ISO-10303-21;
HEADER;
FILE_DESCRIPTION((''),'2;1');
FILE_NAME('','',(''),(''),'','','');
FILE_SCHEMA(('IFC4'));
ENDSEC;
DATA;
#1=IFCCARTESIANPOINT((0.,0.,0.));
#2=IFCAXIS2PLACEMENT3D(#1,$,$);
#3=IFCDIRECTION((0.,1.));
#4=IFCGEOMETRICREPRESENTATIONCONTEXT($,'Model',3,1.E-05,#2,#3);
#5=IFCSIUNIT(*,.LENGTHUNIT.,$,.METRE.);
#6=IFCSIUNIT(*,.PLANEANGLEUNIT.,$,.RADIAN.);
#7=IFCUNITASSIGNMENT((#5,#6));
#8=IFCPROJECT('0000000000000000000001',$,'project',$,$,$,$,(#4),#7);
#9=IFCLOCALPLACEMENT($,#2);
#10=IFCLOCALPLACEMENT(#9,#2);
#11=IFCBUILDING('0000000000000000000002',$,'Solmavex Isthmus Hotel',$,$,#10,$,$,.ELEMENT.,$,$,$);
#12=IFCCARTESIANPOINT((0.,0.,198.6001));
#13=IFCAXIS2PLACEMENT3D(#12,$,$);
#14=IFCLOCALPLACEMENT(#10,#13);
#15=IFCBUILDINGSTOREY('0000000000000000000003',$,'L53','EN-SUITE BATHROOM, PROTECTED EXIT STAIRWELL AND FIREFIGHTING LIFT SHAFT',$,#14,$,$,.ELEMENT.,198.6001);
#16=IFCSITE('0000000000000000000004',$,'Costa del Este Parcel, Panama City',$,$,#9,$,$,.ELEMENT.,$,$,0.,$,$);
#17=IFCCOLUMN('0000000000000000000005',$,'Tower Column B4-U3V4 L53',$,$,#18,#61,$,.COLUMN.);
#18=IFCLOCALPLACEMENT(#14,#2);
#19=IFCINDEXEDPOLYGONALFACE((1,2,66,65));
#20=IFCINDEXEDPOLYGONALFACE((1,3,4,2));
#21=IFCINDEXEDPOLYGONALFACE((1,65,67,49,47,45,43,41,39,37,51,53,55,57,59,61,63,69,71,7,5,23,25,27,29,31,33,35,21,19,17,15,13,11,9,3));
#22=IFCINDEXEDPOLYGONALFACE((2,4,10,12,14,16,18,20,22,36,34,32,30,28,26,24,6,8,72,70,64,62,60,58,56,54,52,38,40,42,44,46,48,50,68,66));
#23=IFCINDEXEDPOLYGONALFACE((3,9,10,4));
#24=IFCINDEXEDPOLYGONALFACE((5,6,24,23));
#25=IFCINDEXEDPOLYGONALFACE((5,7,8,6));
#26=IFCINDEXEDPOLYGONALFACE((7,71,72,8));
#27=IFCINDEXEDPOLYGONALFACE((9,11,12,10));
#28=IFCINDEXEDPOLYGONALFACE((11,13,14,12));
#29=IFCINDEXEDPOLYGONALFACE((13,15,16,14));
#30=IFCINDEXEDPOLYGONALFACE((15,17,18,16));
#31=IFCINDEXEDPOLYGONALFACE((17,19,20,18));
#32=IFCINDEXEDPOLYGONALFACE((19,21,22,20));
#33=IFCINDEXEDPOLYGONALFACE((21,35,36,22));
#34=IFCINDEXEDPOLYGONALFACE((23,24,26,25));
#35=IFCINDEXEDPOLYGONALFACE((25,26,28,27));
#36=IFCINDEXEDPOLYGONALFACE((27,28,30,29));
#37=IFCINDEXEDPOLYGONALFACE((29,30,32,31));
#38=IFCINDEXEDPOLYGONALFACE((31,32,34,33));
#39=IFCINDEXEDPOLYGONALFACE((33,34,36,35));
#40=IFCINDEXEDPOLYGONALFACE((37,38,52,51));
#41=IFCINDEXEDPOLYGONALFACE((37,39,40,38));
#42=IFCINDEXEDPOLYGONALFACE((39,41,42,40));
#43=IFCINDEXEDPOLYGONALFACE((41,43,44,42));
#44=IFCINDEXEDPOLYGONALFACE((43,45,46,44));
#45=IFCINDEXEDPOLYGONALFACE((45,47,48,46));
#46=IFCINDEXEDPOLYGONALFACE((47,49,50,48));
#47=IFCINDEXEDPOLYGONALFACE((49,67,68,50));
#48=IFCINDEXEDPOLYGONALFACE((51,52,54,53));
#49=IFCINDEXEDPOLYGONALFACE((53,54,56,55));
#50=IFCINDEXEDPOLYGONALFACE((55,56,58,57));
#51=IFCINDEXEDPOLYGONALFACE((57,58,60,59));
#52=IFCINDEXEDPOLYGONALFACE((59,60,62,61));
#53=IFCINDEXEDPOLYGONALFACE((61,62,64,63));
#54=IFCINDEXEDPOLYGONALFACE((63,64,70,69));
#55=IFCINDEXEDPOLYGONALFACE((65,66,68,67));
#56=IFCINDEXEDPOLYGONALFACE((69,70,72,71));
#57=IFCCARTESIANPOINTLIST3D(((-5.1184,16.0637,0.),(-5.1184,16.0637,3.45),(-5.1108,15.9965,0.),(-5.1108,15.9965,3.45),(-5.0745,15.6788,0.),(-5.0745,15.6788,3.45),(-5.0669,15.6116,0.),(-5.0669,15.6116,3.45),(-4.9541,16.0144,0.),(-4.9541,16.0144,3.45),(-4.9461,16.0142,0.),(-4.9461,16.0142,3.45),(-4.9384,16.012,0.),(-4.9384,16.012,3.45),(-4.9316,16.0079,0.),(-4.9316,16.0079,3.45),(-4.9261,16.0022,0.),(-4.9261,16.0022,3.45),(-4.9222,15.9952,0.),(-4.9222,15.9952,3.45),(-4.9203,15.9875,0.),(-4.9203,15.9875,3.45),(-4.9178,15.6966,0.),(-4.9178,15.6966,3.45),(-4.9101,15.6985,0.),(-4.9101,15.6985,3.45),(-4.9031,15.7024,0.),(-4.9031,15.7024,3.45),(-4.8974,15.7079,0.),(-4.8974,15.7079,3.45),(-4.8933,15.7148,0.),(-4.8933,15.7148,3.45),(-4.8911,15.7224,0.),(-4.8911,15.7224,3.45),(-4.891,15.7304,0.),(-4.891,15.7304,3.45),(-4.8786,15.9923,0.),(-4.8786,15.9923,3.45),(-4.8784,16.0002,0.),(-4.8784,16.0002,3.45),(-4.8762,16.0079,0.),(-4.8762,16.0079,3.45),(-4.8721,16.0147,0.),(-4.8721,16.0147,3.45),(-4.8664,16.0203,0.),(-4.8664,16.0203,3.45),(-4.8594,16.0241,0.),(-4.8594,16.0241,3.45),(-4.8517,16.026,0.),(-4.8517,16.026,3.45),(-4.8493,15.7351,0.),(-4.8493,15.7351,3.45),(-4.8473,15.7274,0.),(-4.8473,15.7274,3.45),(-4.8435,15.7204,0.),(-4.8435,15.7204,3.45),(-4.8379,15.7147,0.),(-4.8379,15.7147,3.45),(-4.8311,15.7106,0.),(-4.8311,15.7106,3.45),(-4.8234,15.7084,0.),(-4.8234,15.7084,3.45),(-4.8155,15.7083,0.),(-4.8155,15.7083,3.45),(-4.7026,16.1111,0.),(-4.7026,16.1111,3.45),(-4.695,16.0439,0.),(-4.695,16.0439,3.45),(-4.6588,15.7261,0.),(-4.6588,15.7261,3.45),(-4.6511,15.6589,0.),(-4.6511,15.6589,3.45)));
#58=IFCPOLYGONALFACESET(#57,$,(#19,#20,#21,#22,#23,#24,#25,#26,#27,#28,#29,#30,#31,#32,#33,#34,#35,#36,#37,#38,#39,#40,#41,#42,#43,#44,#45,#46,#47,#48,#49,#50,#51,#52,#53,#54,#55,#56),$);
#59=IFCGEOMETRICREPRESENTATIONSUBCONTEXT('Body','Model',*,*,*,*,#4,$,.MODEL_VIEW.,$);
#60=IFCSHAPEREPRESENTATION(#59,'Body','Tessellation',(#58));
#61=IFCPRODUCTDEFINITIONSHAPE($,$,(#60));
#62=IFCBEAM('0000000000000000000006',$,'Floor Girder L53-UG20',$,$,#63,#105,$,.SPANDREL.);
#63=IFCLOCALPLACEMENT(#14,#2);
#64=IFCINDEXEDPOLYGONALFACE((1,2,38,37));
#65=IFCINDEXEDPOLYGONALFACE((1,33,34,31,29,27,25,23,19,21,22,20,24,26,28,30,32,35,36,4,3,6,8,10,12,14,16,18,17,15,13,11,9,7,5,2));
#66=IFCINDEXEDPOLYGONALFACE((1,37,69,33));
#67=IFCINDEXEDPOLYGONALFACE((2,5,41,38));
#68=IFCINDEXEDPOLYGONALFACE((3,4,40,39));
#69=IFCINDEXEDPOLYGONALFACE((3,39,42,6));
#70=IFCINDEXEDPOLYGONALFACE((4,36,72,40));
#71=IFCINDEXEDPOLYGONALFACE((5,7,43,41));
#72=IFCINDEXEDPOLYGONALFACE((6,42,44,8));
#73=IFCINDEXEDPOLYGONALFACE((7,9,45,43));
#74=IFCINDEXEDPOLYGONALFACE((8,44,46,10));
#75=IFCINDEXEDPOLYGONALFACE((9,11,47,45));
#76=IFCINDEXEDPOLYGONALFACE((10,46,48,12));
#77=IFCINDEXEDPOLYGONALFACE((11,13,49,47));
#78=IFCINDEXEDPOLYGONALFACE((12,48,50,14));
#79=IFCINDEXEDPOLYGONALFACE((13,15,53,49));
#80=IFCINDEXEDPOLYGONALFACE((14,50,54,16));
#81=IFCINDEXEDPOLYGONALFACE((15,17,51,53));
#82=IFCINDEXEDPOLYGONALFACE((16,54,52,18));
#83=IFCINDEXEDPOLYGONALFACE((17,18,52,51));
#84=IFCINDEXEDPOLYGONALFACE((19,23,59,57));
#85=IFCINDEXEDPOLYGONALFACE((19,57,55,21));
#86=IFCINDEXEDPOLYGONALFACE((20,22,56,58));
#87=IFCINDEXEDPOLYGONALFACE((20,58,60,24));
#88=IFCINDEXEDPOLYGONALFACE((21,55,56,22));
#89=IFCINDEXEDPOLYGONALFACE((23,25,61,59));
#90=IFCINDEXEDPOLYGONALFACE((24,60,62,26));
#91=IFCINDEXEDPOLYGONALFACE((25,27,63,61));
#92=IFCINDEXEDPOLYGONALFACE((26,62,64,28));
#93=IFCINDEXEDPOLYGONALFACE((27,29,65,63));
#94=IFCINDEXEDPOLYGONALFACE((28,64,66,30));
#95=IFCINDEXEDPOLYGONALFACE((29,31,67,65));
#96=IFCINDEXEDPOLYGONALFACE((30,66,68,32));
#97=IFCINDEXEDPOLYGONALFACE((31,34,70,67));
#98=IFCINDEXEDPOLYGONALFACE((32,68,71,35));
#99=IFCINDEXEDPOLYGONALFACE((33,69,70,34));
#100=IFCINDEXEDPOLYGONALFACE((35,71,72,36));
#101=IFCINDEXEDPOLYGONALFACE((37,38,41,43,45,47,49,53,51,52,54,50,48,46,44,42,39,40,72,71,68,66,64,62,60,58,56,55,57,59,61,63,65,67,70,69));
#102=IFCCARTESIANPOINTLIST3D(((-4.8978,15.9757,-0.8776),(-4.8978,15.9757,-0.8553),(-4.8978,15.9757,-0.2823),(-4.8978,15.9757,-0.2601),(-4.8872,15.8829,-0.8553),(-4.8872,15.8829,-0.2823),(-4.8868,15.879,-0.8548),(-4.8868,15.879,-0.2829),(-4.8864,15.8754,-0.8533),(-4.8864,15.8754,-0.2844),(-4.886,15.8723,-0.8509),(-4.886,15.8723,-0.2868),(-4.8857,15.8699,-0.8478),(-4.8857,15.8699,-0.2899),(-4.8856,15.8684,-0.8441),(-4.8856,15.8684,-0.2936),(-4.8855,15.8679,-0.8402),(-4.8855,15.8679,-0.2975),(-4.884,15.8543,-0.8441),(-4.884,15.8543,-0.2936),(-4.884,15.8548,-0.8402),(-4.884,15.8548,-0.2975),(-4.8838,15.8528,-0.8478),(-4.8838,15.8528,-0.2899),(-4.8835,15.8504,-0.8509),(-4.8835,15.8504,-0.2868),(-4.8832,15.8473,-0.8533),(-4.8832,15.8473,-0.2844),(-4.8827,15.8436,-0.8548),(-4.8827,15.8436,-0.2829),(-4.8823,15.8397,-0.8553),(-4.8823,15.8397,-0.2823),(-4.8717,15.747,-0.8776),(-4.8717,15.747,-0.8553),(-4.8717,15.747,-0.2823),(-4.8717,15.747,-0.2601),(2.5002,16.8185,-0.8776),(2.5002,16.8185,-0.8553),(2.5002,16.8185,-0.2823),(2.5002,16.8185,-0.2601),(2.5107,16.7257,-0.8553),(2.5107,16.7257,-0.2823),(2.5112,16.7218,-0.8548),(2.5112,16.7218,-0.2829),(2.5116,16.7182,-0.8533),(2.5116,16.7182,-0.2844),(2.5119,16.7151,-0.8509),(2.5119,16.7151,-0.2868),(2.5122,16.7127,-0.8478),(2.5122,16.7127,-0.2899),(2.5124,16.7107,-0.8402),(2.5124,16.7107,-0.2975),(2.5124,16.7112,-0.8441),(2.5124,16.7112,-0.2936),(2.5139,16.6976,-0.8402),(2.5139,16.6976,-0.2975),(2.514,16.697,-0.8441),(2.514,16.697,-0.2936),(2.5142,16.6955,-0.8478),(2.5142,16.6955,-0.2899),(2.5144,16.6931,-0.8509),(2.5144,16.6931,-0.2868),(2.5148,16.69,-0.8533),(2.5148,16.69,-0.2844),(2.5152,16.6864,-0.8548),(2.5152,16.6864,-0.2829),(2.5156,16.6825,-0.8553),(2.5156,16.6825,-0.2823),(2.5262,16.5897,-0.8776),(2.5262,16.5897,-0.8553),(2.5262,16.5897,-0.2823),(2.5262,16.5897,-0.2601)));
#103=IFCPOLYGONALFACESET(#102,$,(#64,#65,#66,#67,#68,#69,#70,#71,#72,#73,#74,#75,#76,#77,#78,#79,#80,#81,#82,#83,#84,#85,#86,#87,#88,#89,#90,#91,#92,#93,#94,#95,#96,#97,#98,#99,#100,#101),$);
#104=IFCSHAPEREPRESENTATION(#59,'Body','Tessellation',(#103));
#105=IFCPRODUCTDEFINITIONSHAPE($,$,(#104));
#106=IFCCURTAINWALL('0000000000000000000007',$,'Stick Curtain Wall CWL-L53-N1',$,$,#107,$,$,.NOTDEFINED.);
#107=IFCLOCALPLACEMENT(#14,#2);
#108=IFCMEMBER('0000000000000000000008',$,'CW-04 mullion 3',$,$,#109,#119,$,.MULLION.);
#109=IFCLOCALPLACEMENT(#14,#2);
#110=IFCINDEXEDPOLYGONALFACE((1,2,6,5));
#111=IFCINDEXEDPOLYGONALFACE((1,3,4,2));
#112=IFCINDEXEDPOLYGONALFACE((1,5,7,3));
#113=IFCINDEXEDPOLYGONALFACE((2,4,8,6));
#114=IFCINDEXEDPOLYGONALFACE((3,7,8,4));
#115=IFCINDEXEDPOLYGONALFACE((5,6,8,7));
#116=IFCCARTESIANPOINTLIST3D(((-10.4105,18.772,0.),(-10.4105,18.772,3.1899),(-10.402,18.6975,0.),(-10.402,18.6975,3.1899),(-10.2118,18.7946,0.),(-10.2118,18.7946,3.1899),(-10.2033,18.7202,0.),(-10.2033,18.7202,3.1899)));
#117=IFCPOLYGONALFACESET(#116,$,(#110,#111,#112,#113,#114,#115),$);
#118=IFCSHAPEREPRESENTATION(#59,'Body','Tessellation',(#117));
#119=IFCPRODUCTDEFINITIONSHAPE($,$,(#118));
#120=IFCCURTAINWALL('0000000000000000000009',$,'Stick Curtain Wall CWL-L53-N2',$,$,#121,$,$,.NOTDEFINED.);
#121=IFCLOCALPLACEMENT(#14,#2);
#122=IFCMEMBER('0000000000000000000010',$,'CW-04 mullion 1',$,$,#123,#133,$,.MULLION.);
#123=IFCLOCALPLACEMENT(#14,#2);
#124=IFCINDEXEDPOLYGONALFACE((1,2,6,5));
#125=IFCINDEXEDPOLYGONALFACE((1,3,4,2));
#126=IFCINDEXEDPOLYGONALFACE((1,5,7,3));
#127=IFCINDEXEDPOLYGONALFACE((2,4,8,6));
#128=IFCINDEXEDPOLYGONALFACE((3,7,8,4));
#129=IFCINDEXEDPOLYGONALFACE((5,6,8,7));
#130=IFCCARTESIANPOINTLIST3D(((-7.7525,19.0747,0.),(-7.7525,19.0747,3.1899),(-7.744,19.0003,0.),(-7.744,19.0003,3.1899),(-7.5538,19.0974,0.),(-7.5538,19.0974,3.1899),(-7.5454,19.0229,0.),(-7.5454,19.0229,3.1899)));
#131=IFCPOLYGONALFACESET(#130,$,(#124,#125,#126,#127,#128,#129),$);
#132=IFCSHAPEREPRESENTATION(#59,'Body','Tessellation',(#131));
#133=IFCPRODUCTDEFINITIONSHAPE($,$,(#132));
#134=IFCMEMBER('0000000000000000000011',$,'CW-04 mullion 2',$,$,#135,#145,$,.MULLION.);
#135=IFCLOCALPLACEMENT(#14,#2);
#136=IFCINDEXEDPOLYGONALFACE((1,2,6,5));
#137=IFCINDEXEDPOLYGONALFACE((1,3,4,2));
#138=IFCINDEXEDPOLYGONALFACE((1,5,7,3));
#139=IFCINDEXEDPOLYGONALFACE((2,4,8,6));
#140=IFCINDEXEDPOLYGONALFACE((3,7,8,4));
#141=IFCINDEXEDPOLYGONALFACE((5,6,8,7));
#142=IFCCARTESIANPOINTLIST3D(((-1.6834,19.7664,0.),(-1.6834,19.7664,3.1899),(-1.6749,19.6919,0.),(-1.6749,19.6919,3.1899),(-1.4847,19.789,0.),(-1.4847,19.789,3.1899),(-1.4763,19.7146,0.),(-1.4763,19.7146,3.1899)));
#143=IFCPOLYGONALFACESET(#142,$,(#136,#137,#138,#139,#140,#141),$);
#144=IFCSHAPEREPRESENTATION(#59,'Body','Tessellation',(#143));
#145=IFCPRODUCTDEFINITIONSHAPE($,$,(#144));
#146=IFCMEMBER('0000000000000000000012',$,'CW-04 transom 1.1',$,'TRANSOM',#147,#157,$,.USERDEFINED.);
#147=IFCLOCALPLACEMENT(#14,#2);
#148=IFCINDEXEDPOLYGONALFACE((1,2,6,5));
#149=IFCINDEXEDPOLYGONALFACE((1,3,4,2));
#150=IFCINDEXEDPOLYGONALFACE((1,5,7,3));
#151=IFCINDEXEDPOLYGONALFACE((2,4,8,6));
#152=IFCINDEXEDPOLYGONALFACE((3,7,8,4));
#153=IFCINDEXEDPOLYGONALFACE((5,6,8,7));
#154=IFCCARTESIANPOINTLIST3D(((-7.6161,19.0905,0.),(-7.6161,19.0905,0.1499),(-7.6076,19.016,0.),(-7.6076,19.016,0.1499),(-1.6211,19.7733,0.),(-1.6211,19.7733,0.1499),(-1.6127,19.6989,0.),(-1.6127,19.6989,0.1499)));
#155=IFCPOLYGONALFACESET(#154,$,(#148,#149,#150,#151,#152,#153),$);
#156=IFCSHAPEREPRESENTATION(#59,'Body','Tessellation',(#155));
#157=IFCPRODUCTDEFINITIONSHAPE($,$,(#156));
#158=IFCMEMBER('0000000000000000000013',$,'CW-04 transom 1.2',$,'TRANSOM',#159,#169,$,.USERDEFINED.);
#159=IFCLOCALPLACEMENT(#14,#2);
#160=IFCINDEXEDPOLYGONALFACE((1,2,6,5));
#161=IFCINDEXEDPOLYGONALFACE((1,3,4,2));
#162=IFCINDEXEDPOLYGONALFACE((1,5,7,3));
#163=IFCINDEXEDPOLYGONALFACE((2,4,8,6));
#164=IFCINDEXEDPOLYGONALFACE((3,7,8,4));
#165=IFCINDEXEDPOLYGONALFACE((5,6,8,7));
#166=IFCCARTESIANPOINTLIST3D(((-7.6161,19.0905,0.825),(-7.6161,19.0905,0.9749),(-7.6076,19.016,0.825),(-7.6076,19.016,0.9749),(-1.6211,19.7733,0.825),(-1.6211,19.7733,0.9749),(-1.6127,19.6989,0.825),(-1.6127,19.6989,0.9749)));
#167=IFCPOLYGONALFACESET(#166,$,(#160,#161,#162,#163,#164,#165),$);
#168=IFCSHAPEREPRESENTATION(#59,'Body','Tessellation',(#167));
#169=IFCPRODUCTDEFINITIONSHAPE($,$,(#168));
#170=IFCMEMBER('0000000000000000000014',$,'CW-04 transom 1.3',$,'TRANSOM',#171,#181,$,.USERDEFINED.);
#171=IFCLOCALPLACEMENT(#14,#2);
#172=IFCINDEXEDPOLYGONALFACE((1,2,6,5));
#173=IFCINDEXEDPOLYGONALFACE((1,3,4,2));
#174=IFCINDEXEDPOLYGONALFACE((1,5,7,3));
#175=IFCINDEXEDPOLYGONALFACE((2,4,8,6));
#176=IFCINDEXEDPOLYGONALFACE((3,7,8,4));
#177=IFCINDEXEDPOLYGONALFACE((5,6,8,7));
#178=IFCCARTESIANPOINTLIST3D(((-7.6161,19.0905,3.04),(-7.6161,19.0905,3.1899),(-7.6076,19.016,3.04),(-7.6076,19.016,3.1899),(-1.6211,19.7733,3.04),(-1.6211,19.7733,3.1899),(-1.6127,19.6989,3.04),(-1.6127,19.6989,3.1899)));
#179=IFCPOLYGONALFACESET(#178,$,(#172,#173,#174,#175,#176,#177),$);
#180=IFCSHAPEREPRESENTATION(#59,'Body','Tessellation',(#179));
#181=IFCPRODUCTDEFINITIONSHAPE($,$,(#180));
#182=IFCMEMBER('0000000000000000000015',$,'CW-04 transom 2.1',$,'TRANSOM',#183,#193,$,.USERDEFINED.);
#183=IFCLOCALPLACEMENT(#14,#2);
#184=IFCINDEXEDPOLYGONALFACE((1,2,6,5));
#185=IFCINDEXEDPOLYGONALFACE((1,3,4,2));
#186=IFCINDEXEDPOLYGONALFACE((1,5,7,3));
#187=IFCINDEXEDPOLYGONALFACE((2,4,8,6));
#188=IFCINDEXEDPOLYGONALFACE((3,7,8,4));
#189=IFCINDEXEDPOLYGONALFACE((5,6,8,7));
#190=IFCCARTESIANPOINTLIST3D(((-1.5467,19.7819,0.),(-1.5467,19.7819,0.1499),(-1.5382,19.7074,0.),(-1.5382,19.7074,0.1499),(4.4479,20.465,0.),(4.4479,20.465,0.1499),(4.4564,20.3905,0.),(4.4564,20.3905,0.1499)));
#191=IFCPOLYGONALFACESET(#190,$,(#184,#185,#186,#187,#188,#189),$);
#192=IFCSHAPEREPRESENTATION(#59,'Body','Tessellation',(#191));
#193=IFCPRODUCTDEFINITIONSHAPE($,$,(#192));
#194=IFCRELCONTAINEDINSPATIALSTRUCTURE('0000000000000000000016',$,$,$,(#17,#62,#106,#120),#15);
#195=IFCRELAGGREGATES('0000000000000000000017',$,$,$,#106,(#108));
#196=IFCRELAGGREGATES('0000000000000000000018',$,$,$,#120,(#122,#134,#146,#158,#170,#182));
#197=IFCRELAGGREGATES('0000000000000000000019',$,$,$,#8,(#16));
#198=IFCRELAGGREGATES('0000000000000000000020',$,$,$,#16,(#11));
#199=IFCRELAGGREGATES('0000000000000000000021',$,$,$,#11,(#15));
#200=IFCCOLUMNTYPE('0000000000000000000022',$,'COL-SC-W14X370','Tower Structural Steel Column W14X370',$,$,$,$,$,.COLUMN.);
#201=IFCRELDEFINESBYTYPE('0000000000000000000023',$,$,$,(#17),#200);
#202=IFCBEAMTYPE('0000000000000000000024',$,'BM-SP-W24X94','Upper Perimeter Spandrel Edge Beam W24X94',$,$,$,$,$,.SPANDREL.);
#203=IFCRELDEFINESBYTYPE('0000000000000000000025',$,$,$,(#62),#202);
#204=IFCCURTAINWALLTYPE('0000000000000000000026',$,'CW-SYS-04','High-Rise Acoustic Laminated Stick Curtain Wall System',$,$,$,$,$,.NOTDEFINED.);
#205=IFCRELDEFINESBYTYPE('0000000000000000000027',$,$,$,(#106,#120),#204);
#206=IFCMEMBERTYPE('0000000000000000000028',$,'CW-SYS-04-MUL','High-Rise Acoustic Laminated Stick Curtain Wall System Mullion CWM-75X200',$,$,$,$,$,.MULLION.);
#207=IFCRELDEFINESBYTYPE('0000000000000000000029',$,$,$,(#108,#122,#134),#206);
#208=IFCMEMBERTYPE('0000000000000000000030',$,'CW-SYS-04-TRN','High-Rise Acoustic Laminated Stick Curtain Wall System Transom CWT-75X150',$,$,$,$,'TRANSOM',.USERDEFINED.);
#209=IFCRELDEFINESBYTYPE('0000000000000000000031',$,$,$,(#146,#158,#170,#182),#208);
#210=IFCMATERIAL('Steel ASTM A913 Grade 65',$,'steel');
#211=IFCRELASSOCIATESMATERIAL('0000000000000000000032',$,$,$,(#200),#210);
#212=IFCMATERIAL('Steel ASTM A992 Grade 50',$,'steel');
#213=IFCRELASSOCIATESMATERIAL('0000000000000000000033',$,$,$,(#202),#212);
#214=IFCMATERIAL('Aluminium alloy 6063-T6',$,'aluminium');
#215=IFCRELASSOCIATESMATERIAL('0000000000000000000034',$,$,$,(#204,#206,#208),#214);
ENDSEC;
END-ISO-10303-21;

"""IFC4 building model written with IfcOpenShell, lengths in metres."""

from ifc_helpers import new_model, si_unit, direction, frame, origin, origin_2d, place, context, subcontext, project, spatial, rectangle, i_section, extrude, material, material_profile, profile_set, type_object, element, aggregate, save


model = new_model("IFC4")

# Units and contexts
model_context = context("Model", 3, precision=1e-05, world=origin(), true_north=direction((0.0, 1.0)))
body_context = subcontext(model_context, "Body", "Model", "MODEL_VIEW")
ifc_project = project(units=[si_unit("LENGTHUNIT", "METRE"), si_unit("PLANEANGLEUNIT", "RADIAN")], contexts=[model_context])

# Site, building, storey
site_placement = place(None, origin())
site = spatial("IfcSite", under=ifc_project, at=site_placement, Name="Costa del Este Parcel, Panama City", CompositionType="ELEMENT", RefElevation=0.0)
building_placement = place(site_placement, origin())
building = spatial("IfcBuilding", under=site, at=building_placement, Name="Solmavex Isthmus Hotel", CompositionType="ELEMENT")
storey_placement = place(building_placement, frame((0.0, 0.0, 198.6001)))
storey = spatial("IfcBuildingStorey", under=building, at=storey_placement, Name="L53", Description="EN-SUITE BATHROOM, PROTECTED EXIT STAIRWELL AND FIREFIGHTING LIFT SHAFT", CompositionType="ELEMENT", Elevation=198.6001)

# Column
ifc_material_1 = material(Name="Steel ASTM A913 Grade 65", Category="steel")
ifc_material_profile_1 = material_profile(ifc_material_1, i_section(OverallWidth=0.4185, OverallDepth=0.4551, WebThickness=0.042, FlangeThickness=0.0676, FilletRadius=0.0305, at=origin_2d()), Name="W14X370")
ifc_profile_set_1 = profile_set([ifc_material_profile_1], Name="Steel ASTM A913 Grade 65")
column_type = type_object("IfcColumnType", Name="COL-SC-W14X370", Description="Tower Structural Steel Column W14X370", PredefinedType="COLUMN", material=ifc_profile_set_1)
column_placement = place(storey_placement, frame((-4.8848, 15.8613, 0.0), z_axis=(0.0, 0.0, 1.0), x_axis=(0.993572, 0.113203, 0.0)))
element("IfcColumn", 1, at=column_placement, inside=storey, type_object=column_type, Name="Tower Column B4-U3V4 L53", PredefinedType="COLUMN", context=body_context, shape_type="SweptSolid", body=[
    extrude(i_section(OverallWidth=0.4185, OverallDepth=0.4551, WebThickness=0.042, FlangeThickness=0.0676, FilletRadius=0.0305, at=origin_2d()), origin(), (0.0, 0.0, 1.0), 3.45),
])

# Beam
ifc_material_2 = material(Name="Steel ASTM A992 Grade 50", Category="steel")
ifc_material_profile_2 = material_profile(ifc_material_2, i_section(OverallWidth=0.2302, OverallDepth=0.6174, WebThickness=0.0132, FlangeThickness=0.0222, FilletRadius=0.0151, at=origin_2d()), Name="W24X94")
ifc_profile_set_2 = profile_set([ifc_material_profile_2], Name="Steel ASTM A992 Grade 50")
beam_type = type_object("IfcBeamType", Name="BM-SP-W24X94", Description="Upper Perimeter Spandrel Edge Beam W24X94", PredefinedType="SPANDREL", material=ifc_profile_set_2)
beam_placement = place(storey_placement, frame((-4.8848, 15.8613, -0.5688), z_axis=(0.993574, 0.113188, 0.0), x_axis=(-0.113188, 0.993574, 0.0)))
element("IfcBeam", 2, at=beam_placement, inside=storey, type_object=beam_type, Name="Floor Girder L53-UG20", PredefinedType="SPANDREL", context=body_context, shape_type="SweptSolid", body=[
    extrude(i_section(OverallWidth=0.2302, OverallDepth=0.6174, WebThickness=0.0132, FlangeThickness=0.0222, FilletRadius=0.0151, at=origin_2d()), origin(), (0.0, 0.0, 1.0), 7.4458),
])

# Curtain wall, member
ifc_material_3 = material(Name="Aluminium alloy 6063-T6", Category="aluminium")
curtain_wall_type = type_object("IfcCurtainWallType", Name="CW-SYS-04", Description="High-Rise Acoustic Laminated Stick Curtain Wall System", PredefinedType="NOTDEFINED", material=ifc_material_3)
curtain_wall_1_placement = place(storey_placement, origin())
curtain_wall_1 = element("IfcCurtainWall", 3, at=curtain_wall_1_placement, inside=storey, type_object=curtain_wall_type, Name="Stick Curtain Wall CWL-L53-N1", PredefinedType="NOTDEFINED")
ifc_material_profile_3 = material_profile(ifc_material_3, rectangle(XDim=0.075, YDim=0.2, at=origin_2d()), Name="CWM-75X200")
ifc_profile_set_3 = profile_set([ifc_material_profile_3], Name="Aluminium alloy 6063-T6")
member_type_1 = type_object("IfcMemberType", Name="CW-SYS-04-MUL", Description="High-Rise Acoustic Laminated Stick Curtain Wall System Mullion CWM-75X200", PredefinedType="MULLION", material=ifc_profile_set_3)
member_1_placement = place(storey_placement, frame((-10.3069, 18.7461, 0.0), z_axis=(0.0, 0.0, 1.0), x_axis=(-0.113203, 0.993572, 0.0)))
member_1 = element("IfcMember", 4, at=member_1_placement, type_object=member_type_1, Name="CW-04 mullion 3", PredefinedType="MULLION", context=body_context, shape_type="SweptSolid", body=[
    extrude(rectangle(XDim=0.075, YDim=0.2, at=origin_2d()), origin(), (0.0, 0.0, 1.0), 3.1899),
])
aggregate(curtain_wall_1, [member_1])

# Curtain wall, members
curtain_wall_2_placement = place(storey_placement, origin())
curtain_wall_2 = element("IfcCurtainWall", 5, at=curtain_wall_2_placement, inside=storey, type_object=curtain_wall_type, Name="Stick Curtain Wall CWL-L53-N2", PredefinedType="NOTDEFINED")
member_2_placement = place(storey_placement, frame((-7.6489, 19.0488, 0.0), z_axis=(0.0, 0.0, 1.0), x_axis=(-0.113203, 0.993572, 0.0)))
member_2 = element("IfcMember", 6, at=member_2_placement, type_object=member_type_1, Name="CW-04 mullion 1", PredefinedType="MULLION", context=body_context, shape_type="SweptSolid", body=[
    extrude(rectangle(XDim=0.075, YDim=0.2, at=origin_2d()), origin(), (0.0, 0.0, 1.0), 3.1899),
])
member_3_placement = place(storey_placement, frame((-1.5798, 19.7405, 0.0), z_axis=(0.0, 0.0, 1.0), x_axis=(-0.113203, 0.993572, 0.0)))
member_3 = element("IfcMember", 7, at=member_3_placement, type_object=member_type_1, Name="CW-04 mullion 2", PredefinedType="MULLION", context=body_context, shape_type="SweptSolid", body=[
    extrude(rectangle(XDim=0.075, YDim=0.2, at=origin_2d()), origin(), (0.0, 0.0, 1.0), 3.1899),
])
ifc_material_profile_4 = material_profile(ifc_material_3, rectangle(XDim=0.075, YDim=0.1499, at=origin_2d()), Name="CWT-75X150")
ifc_profile_set_4 = profile_set([ifc_material_profile_4], Name="Aluminium alloy 6063-T6")
member_type_2 = type_object("IfcMemberType", Name="CW-SYS-04-TRN", Description="High-Rise Acoustic Laminated Stick Curtain Wall System Transom CWT-75X150", ElementType="TRANSOM", PredefinedType="USERDEFINED", material=ifc_profile_set_4)
member_4_placement = place(storey_placement, frame((-7.6118, 19.0532, 0.075), z_axis=(0.993575, 0.113176, 0.0), x_axis=(-0.113176, 0.993575, 0.0)))
member_4 = element("IfcMember", 8, at=member_4_placement, type_object=member_type_2, Name="CW-04 transom 1.1", ObjectType="TRANSOM", PredefinedType="USERDEFINED", context=body_context, shape_type="SweptSolid", body=[
    extrude(rectangle(XDim=0.075, YDim=0.1499, at=origin_2d()), origin(), (0.0, 0.0, 1.0), 6.0337),
])
member_5_placement = place(storey_placement, frame((-7.6118, 19.0532, 0.8999), z_axis=(0.993575, 0.113176, 0.0), x_axis=(-0.113176, 0.993575, 0.0)))
member_5 = element("IfcMember", 9, at=member_5_placement, type_object=member_type_2, Name="CW-04 transom 1.2", ObjectType="TRANSOM", PredefinedType="USERDEFINED", context=body_context, shape_type="SweptSolid", body=[
    extrude(rectangle(XDim=0.075, YDim=0.1499, at=origin_2d()), origin(), (0.0, 0.0, 1.0), 6.0337),
])
member_6_placement = place(storey_placement, frame((-7.6118, 19.0532, 3.115), z_axis=(0.993575, 0.113176, 0.0), x_axis=(-0.113176, 0.993575, 0.0)))
member_6 = element("IfcMember", 10, at=member_6_placement, type_object=member_type_2, Name="CW-04 transom 1.3", ObjectType="TRANSOM", PredefinedType="USERDEFINED", context=body_context, shape_type="SweptSolid", body=[
    extrude(rectangle(XDim=0.075, YDim=0.1499, at=origin_2d()), origin(), (0.0, 0.0, 1.0), 6.0337),
])
member_7_placement = place(storey_placement, frame((-1.5425, 19.7446, 0.075), z_axis=(0.99357, 0.11322, 0.0), x_axis=(-0.11322, 0.99357, 0.0)))
member_7 = element("IfcMember", 11, at=member_7_placement, type_object=member_type_2, Name="CW-04 transom 2.1", ObjectType="TRANSOM", PredefinedType="USERDEFINED", context=body_context, shape_type="SweptSolid", body=[
    extrude(rectangle(XDim=0.075, YDim=0.1499, at=origin_2d()), origin(), (0.0, 0.0, 1.0), 6.0334),
])
aggregate(curtain_wall_2, [member_2, member_3, member_4, member_5, member_6, member_7])

save(model, "model.ifc")
